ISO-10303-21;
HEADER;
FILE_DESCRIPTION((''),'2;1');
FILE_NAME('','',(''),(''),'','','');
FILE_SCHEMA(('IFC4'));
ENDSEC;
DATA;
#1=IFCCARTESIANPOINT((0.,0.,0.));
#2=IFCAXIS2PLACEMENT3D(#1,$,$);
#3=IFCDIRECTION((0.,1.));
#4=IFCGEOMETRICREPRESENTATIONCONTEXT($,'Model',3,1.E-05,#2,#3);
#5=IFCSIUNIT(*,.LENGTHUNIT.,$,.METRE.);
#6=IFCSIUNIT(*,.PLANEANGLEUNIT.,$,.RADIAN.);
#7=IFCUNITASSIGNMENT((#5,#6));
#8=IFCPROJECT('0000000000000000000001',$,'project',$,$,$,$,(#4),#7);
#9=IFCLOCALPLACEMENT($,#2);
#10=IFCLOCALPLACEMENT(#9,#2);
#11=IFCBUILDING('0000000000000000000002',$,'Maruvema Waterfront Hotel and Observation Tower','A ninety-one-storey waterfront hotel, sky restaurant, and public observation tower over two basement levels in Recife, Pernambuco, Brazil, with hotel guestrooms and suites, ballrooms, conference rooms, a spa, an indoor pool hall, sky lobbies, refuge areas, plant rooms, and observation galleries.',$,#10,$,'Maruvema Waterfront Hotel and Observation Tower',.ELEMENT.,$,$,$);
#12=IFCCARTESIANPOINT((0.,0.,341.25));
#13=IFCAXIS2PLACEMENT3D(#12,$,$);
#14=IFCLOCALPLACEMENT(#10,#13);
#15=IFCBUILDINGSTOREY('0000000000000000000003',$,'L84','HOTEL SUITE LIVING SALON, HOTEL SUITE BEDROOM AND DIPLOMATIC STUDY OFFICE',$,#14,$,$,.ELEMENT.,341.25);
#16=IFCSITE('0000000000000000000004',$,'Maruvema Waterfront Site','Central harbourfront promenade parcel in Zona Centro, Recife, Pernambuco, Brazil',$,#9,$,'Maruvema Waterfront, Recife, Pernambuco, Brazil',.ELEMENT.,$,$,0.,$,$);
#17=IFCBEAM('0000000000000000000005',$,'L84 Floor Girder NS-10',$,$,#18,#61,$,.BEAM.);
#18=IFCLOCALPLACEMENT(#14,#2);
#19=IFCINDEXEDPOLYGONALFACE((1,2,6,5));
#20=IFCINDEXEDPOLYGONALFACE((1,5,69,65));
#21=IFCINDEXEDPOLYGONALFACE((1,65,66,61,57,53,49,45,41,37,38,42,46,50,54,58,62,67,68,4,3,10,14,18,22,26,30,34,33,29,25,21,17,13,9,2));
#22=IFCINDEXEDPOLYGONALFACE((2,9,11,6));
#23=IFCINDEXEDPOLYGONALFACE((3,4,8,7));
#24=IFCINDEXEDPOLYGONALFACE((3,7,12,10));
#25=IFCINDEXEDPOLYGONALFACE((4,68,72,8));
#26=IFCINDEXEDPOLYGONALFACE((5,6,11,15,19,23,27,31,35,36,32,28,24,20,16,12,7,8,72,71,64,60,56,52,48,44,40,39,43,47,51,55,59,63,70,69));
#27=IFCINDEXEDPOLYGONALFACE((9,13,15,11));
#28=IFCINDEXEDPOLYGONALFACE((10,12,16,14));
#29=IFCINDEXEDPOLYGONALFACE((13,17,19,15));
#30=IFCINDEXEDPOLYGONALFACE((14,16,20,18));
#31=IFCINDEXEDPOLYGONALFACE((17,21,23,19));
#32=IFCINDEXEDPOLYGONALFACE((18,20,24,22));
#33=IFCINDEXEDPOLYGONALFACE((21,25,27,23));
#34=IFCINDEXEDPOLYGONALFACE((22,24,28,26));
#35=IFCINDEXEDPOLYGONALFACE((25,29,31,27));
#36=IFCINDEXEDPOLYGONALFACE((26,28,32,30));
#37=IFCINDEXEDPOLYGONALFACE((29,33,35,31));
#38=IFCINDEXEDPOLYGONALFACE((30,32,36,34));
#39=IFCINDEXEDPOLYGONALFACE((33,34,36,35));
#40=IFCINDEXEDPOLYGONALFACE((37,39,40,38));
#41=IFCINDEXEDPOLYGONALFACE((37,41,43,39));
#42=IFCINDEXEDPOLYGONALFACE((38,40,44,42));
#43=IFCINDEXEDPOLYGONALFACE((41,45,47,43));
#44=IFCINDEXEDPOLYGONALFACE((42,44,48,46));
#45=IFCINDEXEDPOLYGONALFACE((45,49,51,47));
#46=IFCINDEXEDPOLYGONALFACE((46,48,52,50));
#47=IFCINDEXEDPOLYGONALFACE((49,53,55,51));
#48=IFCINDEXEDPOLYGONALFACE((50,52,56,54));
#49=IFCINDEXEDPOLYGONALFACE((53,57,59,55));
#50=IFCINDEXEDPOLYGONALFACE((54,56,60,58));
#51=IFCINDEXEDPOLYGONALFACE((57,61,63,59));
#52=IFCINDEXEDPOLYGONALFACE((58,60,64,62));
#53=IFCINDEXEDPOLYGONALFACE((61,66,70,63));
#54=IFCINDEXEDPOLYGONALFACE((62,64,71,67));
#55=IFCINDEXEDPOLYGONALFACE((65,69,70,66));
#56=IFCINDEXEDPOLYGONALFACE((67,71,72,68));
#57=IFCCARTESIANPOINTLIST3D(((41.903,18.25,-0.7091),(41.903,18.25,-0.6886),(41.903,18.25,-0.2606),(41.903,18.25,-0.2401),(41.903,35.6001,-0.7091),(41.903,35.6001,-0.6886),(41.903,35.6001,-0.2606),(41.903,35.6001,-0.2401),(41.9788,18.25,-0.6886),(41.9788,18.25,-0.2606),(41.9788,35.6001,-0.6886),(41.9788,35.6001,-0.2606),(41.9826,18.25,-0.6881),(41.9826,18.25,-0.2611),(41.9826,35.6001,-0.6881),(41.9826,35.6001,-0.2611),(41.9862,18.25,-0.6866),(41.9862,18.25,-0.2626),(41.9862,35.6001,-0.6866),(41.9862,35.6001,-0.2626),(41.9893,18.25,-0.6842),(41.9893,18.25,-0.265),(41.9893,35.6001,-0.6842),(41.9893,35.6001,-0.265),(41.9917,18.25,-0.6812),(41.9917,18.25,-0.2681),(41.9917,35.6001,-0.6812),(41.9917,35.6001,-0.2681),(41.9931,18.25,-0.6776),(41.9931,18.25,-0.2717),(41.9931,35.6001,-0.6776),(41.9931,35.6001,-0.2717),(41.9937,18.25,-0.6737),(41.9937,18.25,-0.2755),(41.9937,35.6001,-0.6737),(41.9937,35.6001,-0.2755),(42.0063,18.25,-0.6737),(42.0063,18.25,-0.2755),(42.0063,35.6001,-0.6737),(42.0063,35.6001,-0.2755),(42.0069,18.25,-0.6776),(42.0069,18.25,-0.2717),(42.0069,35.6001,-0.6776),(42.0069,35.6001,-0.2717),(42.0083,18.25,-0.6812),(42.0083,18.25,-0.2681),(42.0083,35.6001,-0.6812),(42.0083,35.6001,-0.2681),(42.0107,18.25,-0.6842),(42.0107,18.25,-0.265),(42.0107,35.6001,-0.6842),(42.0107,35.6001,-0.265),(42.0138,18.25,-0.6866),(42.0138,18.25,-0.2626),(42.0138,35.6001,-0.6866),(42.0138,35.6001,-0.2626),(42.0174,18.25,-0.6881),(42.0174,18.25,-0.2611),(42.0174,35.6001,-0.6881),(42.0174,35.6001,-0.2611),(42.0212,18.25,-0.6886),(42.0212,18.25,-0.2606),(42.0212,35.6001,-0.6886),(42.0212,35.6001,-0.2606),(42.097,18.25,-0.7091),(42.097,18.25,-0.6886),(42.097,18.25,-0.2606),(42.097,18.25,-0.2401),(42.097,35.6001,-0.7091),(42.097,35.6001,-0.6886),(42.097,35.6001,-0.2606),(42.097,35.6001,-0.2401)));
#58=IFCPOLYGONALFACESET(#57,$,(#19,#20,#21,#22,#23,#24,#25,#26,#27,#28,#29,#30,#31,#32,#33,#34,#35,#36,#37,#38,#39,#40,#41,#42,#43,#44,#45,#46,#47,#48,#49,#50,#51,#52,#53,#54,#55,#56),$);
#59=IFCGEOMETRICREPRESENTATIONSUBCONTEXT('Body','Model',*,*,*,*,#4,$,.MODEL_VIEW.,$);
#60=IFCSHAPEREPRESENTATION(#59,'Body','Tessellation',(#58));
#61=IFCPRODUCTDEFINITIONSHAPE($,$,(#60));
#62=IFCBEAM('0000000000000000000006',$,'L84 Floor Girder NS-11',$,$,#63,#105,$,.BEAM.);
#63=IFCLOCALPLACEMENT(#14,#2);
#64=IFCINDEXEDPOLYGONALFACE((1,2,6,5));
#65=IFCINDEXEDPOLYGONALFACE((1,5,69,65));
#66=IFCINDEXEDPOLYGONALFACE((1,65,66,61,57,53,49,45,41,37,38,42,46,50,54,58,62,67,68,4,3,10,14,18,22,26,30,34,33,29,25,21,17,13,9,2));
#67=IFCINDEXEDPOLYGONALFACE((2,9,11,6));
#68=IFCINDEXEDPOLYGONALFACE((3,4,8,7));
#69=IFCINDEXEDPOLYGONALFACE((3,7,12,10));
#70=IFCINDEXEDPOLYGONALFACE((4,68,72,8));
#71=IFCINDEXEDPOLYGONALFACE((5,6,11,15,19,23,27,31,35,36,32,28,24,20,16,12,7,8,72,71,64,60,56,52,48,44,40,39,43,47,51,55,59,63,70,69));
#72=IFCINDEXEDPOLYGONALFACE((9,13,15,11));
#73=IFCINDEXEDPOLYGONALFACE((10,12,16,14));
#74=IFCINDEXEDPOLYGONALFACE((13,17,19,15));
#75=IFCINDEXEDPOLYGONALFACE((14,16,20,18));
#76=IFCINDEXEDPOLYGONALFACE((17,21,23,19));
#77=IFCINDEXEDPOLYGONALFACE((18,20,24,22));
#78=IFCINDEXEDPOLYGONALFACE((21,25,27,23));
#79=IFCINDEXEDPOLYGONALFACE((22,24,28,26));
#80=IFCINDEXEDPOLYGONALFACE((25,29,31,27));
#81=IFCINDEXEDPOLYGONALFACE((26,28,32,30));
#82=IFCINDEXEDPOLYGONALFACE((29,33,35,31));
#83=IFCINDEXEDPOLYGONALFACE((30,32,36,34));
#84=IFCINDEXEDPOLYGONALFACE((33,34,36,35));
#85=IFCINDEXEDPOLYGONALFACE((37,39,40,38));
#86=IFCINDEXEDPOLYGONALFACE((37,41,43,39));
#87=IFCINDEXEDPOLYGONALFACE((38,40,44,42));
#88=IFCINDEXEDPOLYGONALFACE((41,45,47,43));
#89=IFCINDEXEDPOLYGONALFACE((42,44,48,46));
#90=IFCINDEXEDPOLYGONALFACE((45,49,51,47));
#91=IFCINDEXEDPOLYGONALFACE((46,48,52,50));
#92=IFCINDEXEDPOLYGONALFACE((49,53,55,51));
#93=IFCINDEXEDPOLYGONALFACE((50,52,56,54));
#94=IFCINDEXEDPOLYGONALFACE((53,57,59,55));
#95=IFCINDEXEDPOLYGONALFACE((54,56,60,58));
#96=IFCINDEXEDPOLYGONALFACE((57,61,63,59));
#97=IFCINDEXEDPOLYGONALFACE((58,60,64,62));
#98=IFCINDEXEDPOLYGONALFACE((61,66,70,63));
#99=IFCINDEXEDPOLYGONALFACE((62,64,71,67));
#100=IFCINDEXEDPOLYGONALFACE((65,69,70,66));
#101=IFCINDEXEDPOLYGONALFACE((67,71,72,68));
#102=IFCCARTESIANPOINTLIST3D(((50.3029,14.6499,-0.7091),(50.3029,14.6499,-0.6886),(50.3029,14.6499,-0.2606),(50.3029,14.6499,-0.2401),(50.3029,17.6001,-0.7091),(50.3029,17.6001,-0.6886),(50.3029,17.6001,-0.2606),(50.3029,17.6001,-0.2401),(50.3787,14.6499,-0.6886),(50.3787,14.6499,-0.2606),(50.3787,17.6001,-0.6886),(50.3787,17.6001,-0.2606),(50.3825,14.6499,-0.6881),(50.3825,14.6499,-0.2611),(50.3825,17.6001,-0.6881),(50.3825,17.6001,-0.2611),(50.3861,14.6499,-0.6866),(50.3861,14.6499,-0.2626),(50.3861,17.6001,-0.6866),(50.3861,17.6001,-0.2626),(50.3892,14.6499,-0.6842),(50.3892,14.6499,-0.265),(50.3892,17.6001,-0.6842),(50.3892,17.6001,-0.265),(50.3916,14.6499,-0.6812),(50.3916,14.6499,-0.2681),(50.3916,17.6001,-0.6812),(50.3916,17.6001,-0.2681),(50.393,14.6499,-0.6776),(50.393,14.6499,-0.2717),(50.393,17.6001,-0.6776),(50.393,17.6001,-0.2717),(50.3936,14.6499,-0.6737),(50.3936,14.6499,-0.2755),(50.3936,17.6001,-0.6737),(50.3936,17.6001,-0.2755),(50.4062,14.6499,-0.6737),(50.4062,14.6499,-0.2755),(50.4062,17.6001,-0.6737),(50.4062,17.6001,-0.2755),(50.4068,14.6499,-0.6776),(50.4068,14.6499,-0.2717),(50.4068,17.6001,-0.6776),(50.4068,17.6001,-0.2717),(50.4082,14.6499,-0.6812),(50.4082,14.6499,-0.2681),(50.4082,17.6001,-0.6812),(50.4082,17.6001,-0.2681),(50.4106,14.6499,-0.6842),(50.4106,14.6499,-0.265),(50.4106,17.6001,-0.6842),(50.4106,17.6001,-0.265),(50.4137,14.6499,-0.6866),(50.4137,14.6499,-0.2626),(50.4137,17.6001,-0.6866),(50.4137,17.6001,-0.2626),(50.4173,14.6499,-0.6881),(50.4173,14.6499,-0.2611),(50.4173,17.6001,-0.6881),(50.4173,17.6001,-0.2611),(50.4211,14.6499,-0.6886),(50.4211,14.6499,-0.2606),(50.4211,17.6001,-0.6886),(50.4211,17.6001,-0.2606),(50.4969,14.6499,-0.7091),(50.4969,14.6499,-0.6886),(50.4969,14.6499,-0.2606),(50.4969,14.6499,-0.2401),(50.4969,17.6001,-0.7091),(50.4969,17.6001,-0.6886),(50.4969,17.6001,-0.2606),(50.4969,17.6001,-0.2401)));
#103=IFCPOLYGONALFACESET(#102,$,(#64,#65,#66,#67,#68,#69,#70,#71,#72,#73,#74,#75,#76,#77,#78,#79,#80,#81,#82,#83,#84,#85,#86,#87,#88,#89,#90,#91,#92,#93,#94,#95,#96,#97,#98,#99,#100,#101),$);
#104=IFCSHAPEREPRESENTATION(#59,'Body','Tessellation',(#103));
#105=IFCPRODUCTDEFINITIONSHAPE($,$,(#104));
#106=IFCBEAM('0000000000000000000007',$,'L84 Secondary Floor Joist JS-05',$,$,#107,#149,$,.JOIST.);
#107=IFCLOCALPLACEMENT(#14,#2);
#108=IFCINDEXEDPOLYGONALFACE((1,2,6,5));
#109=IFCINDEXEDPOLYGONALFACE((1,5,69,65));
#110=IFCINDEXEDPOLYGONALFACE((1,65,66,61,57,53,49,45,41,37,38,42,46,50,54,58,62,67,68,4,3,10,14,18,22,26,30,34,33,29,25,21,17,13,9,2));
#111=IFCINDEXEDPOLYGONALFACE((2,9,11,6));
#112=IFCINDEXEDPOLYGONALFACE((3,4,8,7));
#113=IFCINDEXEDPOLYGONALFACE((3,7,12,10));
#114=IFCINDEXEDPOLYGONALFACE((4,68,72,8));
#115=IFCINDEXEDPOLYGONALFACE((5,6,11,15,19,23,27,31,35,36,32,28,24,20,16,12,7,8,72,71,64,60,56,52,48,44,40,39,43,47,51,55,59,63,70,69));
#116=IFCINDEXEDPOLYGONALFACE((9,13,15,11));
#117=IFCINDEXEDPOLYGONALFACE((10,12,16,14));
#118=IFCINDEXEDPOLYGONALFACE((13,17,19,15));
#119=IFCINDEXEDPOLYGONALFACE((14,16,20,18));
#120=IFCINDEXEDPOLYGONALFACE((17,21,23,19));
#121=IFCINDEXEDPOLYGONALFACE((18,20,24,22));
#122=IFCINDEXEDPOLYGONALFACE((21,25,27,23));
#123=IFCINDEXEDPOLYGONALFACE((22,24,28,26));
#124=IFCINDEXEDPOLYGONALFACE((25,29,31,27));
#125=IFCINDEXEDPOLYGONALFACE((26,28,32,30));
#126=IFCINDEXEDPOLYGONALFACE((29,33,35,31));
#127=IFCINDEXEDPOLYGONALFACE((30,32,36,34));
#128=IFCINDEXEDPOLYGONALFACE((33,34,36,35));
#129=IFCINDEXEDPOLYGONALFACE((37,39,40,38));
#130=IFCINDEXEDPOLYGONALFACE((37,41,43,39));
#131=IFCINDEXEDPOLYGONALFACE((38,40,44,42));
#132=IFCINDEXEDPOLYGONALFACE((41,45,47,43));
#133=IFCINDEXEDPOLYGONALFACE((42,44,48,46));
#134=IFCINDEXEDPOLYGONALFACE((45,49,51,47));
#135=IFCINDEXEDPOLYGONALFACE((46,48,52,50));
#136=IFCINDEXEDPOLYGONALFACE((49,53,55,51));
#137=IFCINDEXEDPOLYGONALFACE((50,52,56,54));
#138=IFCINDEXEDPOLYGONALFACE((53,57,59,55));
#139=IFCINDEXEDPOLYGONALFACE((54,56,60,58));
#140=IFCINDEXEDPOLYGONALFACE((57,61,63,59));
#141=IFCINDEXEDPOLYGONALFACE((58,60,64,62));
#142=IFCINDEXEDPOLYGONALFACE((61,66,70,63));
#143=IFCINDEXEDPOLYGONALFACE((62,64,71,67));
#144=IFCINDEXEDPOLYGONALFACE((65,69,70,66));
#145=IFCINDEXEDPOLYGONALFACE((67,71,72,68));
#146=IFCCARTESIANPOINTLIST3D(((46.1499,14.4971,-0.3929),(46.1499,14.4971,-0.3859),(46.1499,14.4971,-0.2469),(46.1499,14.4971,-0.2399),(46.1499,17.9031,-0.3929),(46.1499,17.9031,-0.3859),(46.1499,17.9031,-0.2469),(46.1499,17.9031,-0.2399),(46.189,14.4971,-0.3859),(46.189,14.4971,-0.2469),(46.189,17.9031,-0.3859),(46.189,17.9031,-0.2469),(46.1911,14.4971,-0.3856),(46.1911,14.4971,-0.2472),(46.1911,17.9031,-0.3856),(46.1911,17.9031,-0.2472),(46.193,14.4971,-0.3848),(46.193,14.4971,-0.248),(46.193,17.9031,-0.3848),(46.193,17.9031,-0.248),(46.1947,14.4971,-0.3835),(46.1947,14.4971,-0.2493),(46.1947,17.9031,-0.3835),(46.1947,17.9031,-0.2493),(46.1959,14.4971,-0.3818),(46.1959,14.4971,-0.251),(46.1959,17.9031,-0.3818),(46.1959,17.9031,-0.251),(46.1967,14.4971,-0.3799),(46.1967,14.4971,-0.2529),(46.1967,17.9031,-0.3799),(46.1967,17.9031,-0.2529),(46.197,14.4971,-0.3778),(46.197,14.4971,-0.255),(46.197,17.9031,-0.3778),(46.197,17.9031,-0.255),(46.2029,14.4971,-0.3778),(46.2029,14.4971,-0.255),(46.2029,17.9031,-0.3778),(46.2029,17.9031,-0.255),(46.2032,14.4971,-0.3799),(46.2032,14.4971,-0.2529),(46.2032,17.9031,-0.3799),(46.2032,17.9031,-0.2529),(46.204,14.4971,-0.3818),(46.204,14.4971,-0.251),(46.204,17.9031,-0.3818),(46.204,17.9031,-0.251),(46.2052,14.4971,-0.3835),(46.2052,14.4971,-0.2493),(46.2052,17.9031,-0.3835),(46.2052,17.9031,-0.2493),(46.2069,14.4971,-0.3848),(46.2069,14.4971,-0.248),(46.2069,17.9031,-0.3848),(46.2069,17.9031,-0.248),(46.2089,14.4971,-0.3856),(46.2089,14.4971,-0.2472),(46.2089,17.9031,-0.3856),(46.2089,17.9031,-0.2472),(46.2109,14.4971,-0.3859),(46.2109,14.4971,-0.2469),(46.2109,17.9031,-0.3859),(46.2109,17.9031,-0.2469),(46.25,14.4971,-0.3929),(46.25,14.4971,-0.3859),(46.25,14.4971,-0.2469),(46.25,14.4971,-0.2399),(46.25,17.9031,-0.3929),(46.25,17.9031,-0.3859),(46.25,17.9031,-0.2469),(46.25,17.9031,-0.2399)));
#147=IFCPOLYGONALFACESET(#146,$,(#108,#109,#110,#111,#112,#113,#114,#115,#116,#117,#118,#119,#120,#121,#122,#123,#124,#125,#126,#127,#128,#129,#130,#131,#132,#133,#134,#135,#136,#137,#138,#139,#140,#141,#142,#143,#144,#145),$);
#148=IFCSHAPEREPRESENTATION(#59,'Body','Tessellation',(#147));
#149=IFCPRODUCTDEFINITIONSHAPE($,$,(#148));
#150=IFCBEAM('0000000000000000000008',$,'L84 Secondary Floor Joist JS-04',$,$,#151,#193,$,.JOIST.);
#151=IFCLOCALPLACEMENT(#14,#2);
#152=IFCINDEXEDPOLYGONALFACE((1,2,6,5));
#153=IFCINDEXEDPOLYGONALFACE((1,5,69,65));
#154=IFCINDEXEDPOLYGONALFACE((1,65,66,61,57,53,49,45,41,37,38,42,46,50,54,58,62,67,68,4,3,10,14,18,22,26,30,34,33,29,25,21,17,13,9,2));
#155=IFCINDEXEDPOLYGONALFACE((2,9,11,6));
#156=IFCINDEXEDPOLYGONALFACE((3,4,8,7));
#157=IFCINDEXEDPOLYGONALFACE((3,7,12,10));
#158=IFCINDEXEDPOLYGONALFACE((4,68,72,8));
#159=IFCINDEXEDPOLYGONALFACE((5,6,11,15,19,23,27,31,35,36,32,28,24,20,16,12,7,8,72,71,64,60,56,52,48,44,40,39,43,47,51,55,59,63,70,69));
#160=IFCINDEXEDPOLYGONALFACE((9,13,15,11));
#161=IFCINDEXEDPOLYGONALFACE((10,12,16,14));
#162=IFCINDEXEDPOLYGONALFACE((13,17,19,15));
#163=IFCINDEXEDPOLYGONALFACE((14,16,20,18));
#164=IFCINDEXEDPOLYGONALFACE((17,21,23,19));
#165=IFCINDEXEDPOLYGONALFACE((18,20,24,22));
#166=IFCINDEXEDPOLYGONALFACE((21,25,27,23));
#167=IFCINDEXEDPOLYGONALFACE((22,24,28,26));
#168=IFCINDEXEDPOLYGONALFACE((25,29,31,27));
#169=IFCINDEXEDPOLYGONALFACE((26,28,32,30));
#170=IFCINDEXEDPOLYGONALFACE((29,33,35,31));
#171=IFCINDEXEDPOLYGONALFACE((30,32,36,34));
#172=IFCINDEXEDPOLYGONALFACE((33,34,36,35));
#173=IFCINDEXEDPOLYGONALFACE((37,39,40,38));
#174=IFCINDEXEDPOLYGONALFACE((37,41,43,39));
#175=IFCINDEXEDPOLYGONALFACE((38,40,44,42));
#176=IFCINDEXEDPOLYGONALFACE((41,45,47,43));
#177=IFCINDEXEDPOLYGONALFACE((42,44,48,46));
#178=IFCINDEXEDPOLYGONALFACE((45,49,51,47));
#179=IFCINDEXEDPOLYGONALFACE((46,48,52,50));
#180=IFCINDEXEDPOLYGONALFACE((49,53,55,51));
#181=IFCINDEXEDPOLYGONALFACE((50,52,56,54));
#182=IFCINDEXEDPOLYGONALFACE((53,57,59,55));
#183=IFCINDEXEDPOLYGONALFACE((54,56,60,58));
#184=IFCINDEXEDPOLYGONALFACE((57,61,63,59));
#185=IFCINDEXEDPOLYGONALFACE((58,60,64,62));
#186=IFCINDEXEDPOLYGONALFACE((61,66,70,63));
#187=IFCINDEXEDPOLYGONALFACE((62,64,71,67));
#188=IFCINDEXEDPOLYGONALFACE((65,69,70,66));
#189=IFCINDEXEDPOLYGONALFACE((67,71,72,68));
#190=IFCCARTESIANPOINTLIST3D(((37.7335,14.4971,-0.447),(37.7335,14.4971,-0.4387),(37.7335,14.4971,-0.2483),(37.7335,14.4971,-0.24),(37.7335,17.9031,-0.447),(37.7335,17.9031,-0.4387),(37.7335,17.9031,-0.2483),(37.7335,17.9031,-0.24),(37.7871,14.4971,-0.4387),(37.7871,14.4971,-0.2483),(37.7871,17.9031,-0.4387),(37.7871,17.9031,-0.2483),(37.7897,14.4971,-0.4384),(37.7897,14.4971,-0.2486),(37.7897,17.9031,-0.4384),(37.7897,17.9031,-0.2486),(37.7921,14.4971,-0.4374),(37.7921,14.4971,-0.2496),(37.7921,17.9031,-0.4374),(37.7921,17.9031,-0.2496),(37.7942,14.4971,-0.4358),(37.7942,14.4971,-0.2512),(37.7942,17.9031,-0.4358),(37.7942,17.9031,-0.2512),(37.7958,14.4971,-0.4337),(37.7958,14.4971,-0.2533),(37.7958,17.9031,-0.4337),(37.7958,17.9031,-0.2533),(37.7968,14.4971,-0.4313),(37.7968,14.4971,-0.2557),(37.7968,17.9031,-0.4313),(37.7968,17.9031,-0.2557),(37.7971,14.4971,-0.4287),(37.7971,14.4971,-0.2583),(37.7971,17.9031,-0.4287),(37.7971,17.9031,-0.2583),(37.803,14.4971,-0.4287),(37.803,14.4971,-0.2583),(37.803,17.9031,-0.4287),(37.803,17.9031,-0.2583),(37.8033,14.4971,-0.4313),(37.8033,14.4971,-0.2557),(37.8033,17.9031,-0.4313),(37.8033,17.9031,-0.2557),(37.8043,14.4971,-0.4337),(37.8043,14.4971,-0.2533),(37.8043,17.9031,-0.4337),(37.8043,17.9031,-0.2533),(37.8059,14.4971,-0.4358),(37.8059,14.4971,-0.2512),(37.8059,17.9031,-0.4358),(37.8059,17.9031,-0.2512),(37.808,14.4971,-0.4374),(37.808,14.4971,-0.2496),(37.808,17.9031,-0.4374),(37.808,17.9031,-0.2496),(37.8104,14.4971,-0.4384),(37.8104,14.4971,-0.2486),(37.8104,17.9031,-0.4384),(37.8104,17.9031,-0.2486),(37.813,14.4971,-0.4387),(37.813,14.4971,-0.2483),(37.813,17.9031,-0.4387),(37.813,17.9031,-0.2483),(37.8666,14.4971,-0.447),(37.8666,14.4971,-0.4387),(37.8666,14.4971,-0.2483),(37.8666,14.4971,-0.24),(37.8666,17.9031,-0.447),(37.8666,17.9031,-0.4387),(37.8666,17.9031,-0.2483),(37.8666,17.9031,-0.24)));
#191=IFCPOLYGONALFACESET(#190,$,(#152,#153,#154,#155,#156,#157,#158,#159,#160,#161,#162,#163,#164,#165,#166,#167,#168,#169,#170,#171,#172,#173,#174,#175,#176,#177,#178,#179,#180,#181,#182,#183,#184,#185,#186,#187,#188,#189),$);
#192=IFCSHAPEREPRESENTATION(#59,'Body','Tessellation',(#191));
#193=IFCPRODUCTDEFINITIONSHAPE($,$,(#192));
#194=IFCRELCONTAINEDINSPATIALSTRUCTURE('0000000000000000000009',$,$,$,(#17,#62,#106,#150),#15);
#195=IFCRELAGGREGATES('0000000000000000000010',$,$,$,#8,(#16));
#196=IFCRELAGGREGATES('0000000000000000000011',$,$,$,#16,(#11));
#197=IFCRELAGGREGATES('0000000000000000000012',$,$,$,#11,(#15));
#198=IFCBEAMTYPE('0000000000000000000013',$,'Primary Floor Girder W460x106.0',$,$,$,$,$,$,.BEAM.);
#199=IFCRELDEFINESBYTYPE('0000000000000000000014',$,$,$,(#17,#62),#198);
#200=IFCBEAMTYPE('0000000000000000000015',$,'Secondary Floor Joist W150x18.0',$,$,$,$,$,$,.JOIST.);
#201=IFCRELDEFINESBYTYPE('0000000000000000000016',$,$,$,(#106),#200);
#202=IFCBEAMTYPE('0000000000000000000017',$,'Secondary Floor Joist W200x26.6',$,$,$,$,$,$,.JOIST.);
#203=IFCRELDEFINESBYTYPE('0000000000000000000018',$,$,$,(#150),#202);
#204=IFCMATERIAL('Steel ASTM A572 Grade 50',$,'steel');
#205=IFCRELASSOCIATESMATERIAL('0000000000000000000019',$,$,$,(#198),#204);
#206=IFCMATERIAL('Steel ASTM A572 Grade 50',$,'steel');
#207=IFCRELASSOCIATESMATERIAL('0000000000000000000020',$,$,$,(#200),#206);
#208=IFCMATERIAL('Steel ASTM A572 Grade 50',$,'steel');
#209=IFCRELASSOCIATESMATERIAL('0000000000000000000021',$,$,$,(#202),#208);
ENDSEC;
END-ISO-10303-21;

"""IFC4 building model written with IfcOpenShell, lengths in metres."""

from ifc_helpers import new_model, si_unit, direction, frame, origin, origin_2d, place, context, subcontext, project, spatial, i_section, extrude, material, material_profile, profile_set, type_object, element, save


model = new_model("IFC4")

# Units and contexts
model_context = context("Model", 3, precision=1e-05, world=origin(), true_north=direction((0.0, 1.0)))
body_context = subcontext(model_context, "Body", "Model", "MODEL_VIEW")
ifc_project = project(units=[si_unit("LENGTHUNIT", "METRE"), si_unit("PLANEANGLEUNIT", "RADIAN")], contexts=[model_context])

# Site, building, storey
site_placement = place(None, origin())
site = spatial("IfcSite", under=ifc_project, at=site_placement, Name="Maruvema Waterfront Site", Description="Central harbourfront promenade parcel in Zona Centro, Recife, Pernambuco, Brazil", LongName="Maruvema Waterfront, Recife, Pernambuco, Brazil", CompositionType="ELEMENT", RefElevation=0.0)
building_placement = place(site_placement, origin())
building = spatial("IfcBuilding", under=site, at=building_placement, Name="Maruvema Waterfront Hotel and Observation Tower", Description="A ninety-one-storey waterfront hotel, sky restaurant, and public observation tower over two basement levels in Recife, Pernambuco, Brazil, with hotel guestrooms and suites, ballrooms, conference rooms, a spa, an indoor pool hall, sky lobbies, refuge areas, plant rooms, and observation galleries.", LongName="Maruvema Waterfront Hotel and Observation Tower", CompositionType="ELEMENT")
storey_placement = place(building_placement, frame((0.0, 0.0, 341.25)))
storey = spatial("IfcBuildingStorey", under=building, at=storey_placement, Name="L84", Description="HOTEL SUITE LIVING SALON, HOTEL SUITE BEDROOM AND DIPLOMATIC STUDY OFFICE", CompositionType="ELEMENT", Elevation=341.25)

# Beams
ifc_material_1 = material(Name="Steel ASTM A572 Grade 50", Category="steel")
ifc_material_profile_1 = material_profile(ifc_material_1, i_section(OverallWidth=0.1941, OverallDepth=0.469, WebThickness=0.0127, FlangeThickness=0.0205, FilletRadius=0.0149, at=origin_2d()), Name="W460x106.0")
ifc_profile_set_1 = profile_set([ifc_material_profile_1], Name="Steel ASTM A572 Grade 50")
beam_type_1 = type_object("IfcBeamType", Name="Primary Floor Girder W460x106.0", PredefinedType="BEAM", material=ifc_profile_set_1)
beam_1_placement = place(storey_placement, frame((42.0, 18.25, -0.4746), z_axis=(0.0, 1.0, 0.0), x_axis=(-1.0, 0.0, 0.0)))
element("IfcBeam", 1, at=beam_1_placement, inside=storey, type_object=beam_type_1, Name="L84 Floor Girder NS-10", PredefinedType="BEAM", context=body_context, shape_type="SweptSolid", body=[
    extrude(i_section(OverallWidth=0.1941, OverallDepth=0.469, WebThickness=0.0127, FlangeThickness=0.0205, FilletRadius=0.0149, at=origin_2d()), origin(), (0.0, 0.0, 1.0), 17.3501),
])
beam_2_placement = place(storey_placement, frame((50.3999, 14.6499, -0.4746), z_axis=(0.0, 1.0, 0.0), x_axis=(-1.0, 0.0, 0.0)))
element("IfcBeam", 2, at=beam_2_placement, inside=storey, type_object=beam_type_1, Name="L84 Floor Girder NS-11", PredefinedType="BEAM", context=body_context, shape_type="SweptSolid", body=[
    extrude(i_section(OverallWidth=0.1941, OverallDepth=0.469, WebThickness=0.0127, FlangeThickness=0.0205, FilletRadius=0.0149, at=origin_2d()), origin(), (0.0, 0.0, 1.0), 2.9502),
])
ifc_material_2 = material(Name="Steel ASTM A572 Grade 50", Category="steel")
ifc_material_profile_2 = material_profile(ifc_material_2, i_section(OverallWidth=0.1001, OverallDepth=0.1531, WebThickness=0.0059, FlangeThickness=0.0071, FilletRadius=0.0081, at=origin_2d()), Name="W150x18.0")
ifc_profile_set_2 = profile_set([ifc_material_profile_2], Name="Steel ASTM A572 Grade 50")
beam_type_2 = type_object("IfcBeamType", Name="Secondary Floor Joist W150x18.0", PredefinedType="JOIST", material=ifc_profile_set_2)
beam_3_placement = place(storey_placement, frame((46.2, 14.4971, -0.3164), z_axis=(0.0, 1.0, 0.0), x_axis=(-1.0, 0.0, 0.0)))
element("IfcBeam", 3, at=beam_3_placement, inside=storey, type_object=beam_type_2, Name="L84 Secondary Floor Joist JS-05", PredefinedType="JOIST", context=body_context, shape_type="SweptSolid", body=[
    extrude(i_section(OverallWidth=0.1001, OverallDepth=0.1531, WebThickness=0.0059, FlangeThickness=0.0071, FilletRadius=0.0081, at=origin_2d()), origin(), (0.0, 0.0, 1.0), 3.406),
])
ifc_material_3 = material(Name="Steel ASTM A572 Grade 50", Category="steel")
ifc_material_profile_3 = material_profile(ifc_material_3, i_section(OverallWidth=0.1331, OverallDepth=0.207, WebThickness=0.0059, FlangeThickness=0.0083, FilletRadius=0.01, at=origin_2d()), Name="W200x26.6")
ifc_profile_set_3 = profile_set([ifc_material_profile_3], Name="Steel ASTM A572 Grade 50")
beam_type_3 = type_object("IfcBeamType", Name="Secondary Floor Joist W200x26.6", PredefinedType="JOIST", material=ifc_profile_set_3)
beam_4_placement = place(storey_placement, frame((37.8, 14.4971, -0.3435), z_axis=(0.0, 1.0, 0.0), x_axis=(-1.0, 0.0, 0.0)))
element("IfcBeam", 4, at=beam_4_placement, inside=storey, type_object=beam_type_3, Name="L84 Secondary Floor Joist JS-04", PredefinedType="JOIST", context=body_context, shape_type="SweptSolid", body=[
    extrude(i_section(OverallWidth=0.1331, OverallDepth=0.207, WebThickness=0.0059, FlangeThickness=0.0083, FilletRadius=0.01, at=origin_2d()), origin(), (0.0, 0.0, 1.0), 3.406),
])

save(model, "model.ifc")
